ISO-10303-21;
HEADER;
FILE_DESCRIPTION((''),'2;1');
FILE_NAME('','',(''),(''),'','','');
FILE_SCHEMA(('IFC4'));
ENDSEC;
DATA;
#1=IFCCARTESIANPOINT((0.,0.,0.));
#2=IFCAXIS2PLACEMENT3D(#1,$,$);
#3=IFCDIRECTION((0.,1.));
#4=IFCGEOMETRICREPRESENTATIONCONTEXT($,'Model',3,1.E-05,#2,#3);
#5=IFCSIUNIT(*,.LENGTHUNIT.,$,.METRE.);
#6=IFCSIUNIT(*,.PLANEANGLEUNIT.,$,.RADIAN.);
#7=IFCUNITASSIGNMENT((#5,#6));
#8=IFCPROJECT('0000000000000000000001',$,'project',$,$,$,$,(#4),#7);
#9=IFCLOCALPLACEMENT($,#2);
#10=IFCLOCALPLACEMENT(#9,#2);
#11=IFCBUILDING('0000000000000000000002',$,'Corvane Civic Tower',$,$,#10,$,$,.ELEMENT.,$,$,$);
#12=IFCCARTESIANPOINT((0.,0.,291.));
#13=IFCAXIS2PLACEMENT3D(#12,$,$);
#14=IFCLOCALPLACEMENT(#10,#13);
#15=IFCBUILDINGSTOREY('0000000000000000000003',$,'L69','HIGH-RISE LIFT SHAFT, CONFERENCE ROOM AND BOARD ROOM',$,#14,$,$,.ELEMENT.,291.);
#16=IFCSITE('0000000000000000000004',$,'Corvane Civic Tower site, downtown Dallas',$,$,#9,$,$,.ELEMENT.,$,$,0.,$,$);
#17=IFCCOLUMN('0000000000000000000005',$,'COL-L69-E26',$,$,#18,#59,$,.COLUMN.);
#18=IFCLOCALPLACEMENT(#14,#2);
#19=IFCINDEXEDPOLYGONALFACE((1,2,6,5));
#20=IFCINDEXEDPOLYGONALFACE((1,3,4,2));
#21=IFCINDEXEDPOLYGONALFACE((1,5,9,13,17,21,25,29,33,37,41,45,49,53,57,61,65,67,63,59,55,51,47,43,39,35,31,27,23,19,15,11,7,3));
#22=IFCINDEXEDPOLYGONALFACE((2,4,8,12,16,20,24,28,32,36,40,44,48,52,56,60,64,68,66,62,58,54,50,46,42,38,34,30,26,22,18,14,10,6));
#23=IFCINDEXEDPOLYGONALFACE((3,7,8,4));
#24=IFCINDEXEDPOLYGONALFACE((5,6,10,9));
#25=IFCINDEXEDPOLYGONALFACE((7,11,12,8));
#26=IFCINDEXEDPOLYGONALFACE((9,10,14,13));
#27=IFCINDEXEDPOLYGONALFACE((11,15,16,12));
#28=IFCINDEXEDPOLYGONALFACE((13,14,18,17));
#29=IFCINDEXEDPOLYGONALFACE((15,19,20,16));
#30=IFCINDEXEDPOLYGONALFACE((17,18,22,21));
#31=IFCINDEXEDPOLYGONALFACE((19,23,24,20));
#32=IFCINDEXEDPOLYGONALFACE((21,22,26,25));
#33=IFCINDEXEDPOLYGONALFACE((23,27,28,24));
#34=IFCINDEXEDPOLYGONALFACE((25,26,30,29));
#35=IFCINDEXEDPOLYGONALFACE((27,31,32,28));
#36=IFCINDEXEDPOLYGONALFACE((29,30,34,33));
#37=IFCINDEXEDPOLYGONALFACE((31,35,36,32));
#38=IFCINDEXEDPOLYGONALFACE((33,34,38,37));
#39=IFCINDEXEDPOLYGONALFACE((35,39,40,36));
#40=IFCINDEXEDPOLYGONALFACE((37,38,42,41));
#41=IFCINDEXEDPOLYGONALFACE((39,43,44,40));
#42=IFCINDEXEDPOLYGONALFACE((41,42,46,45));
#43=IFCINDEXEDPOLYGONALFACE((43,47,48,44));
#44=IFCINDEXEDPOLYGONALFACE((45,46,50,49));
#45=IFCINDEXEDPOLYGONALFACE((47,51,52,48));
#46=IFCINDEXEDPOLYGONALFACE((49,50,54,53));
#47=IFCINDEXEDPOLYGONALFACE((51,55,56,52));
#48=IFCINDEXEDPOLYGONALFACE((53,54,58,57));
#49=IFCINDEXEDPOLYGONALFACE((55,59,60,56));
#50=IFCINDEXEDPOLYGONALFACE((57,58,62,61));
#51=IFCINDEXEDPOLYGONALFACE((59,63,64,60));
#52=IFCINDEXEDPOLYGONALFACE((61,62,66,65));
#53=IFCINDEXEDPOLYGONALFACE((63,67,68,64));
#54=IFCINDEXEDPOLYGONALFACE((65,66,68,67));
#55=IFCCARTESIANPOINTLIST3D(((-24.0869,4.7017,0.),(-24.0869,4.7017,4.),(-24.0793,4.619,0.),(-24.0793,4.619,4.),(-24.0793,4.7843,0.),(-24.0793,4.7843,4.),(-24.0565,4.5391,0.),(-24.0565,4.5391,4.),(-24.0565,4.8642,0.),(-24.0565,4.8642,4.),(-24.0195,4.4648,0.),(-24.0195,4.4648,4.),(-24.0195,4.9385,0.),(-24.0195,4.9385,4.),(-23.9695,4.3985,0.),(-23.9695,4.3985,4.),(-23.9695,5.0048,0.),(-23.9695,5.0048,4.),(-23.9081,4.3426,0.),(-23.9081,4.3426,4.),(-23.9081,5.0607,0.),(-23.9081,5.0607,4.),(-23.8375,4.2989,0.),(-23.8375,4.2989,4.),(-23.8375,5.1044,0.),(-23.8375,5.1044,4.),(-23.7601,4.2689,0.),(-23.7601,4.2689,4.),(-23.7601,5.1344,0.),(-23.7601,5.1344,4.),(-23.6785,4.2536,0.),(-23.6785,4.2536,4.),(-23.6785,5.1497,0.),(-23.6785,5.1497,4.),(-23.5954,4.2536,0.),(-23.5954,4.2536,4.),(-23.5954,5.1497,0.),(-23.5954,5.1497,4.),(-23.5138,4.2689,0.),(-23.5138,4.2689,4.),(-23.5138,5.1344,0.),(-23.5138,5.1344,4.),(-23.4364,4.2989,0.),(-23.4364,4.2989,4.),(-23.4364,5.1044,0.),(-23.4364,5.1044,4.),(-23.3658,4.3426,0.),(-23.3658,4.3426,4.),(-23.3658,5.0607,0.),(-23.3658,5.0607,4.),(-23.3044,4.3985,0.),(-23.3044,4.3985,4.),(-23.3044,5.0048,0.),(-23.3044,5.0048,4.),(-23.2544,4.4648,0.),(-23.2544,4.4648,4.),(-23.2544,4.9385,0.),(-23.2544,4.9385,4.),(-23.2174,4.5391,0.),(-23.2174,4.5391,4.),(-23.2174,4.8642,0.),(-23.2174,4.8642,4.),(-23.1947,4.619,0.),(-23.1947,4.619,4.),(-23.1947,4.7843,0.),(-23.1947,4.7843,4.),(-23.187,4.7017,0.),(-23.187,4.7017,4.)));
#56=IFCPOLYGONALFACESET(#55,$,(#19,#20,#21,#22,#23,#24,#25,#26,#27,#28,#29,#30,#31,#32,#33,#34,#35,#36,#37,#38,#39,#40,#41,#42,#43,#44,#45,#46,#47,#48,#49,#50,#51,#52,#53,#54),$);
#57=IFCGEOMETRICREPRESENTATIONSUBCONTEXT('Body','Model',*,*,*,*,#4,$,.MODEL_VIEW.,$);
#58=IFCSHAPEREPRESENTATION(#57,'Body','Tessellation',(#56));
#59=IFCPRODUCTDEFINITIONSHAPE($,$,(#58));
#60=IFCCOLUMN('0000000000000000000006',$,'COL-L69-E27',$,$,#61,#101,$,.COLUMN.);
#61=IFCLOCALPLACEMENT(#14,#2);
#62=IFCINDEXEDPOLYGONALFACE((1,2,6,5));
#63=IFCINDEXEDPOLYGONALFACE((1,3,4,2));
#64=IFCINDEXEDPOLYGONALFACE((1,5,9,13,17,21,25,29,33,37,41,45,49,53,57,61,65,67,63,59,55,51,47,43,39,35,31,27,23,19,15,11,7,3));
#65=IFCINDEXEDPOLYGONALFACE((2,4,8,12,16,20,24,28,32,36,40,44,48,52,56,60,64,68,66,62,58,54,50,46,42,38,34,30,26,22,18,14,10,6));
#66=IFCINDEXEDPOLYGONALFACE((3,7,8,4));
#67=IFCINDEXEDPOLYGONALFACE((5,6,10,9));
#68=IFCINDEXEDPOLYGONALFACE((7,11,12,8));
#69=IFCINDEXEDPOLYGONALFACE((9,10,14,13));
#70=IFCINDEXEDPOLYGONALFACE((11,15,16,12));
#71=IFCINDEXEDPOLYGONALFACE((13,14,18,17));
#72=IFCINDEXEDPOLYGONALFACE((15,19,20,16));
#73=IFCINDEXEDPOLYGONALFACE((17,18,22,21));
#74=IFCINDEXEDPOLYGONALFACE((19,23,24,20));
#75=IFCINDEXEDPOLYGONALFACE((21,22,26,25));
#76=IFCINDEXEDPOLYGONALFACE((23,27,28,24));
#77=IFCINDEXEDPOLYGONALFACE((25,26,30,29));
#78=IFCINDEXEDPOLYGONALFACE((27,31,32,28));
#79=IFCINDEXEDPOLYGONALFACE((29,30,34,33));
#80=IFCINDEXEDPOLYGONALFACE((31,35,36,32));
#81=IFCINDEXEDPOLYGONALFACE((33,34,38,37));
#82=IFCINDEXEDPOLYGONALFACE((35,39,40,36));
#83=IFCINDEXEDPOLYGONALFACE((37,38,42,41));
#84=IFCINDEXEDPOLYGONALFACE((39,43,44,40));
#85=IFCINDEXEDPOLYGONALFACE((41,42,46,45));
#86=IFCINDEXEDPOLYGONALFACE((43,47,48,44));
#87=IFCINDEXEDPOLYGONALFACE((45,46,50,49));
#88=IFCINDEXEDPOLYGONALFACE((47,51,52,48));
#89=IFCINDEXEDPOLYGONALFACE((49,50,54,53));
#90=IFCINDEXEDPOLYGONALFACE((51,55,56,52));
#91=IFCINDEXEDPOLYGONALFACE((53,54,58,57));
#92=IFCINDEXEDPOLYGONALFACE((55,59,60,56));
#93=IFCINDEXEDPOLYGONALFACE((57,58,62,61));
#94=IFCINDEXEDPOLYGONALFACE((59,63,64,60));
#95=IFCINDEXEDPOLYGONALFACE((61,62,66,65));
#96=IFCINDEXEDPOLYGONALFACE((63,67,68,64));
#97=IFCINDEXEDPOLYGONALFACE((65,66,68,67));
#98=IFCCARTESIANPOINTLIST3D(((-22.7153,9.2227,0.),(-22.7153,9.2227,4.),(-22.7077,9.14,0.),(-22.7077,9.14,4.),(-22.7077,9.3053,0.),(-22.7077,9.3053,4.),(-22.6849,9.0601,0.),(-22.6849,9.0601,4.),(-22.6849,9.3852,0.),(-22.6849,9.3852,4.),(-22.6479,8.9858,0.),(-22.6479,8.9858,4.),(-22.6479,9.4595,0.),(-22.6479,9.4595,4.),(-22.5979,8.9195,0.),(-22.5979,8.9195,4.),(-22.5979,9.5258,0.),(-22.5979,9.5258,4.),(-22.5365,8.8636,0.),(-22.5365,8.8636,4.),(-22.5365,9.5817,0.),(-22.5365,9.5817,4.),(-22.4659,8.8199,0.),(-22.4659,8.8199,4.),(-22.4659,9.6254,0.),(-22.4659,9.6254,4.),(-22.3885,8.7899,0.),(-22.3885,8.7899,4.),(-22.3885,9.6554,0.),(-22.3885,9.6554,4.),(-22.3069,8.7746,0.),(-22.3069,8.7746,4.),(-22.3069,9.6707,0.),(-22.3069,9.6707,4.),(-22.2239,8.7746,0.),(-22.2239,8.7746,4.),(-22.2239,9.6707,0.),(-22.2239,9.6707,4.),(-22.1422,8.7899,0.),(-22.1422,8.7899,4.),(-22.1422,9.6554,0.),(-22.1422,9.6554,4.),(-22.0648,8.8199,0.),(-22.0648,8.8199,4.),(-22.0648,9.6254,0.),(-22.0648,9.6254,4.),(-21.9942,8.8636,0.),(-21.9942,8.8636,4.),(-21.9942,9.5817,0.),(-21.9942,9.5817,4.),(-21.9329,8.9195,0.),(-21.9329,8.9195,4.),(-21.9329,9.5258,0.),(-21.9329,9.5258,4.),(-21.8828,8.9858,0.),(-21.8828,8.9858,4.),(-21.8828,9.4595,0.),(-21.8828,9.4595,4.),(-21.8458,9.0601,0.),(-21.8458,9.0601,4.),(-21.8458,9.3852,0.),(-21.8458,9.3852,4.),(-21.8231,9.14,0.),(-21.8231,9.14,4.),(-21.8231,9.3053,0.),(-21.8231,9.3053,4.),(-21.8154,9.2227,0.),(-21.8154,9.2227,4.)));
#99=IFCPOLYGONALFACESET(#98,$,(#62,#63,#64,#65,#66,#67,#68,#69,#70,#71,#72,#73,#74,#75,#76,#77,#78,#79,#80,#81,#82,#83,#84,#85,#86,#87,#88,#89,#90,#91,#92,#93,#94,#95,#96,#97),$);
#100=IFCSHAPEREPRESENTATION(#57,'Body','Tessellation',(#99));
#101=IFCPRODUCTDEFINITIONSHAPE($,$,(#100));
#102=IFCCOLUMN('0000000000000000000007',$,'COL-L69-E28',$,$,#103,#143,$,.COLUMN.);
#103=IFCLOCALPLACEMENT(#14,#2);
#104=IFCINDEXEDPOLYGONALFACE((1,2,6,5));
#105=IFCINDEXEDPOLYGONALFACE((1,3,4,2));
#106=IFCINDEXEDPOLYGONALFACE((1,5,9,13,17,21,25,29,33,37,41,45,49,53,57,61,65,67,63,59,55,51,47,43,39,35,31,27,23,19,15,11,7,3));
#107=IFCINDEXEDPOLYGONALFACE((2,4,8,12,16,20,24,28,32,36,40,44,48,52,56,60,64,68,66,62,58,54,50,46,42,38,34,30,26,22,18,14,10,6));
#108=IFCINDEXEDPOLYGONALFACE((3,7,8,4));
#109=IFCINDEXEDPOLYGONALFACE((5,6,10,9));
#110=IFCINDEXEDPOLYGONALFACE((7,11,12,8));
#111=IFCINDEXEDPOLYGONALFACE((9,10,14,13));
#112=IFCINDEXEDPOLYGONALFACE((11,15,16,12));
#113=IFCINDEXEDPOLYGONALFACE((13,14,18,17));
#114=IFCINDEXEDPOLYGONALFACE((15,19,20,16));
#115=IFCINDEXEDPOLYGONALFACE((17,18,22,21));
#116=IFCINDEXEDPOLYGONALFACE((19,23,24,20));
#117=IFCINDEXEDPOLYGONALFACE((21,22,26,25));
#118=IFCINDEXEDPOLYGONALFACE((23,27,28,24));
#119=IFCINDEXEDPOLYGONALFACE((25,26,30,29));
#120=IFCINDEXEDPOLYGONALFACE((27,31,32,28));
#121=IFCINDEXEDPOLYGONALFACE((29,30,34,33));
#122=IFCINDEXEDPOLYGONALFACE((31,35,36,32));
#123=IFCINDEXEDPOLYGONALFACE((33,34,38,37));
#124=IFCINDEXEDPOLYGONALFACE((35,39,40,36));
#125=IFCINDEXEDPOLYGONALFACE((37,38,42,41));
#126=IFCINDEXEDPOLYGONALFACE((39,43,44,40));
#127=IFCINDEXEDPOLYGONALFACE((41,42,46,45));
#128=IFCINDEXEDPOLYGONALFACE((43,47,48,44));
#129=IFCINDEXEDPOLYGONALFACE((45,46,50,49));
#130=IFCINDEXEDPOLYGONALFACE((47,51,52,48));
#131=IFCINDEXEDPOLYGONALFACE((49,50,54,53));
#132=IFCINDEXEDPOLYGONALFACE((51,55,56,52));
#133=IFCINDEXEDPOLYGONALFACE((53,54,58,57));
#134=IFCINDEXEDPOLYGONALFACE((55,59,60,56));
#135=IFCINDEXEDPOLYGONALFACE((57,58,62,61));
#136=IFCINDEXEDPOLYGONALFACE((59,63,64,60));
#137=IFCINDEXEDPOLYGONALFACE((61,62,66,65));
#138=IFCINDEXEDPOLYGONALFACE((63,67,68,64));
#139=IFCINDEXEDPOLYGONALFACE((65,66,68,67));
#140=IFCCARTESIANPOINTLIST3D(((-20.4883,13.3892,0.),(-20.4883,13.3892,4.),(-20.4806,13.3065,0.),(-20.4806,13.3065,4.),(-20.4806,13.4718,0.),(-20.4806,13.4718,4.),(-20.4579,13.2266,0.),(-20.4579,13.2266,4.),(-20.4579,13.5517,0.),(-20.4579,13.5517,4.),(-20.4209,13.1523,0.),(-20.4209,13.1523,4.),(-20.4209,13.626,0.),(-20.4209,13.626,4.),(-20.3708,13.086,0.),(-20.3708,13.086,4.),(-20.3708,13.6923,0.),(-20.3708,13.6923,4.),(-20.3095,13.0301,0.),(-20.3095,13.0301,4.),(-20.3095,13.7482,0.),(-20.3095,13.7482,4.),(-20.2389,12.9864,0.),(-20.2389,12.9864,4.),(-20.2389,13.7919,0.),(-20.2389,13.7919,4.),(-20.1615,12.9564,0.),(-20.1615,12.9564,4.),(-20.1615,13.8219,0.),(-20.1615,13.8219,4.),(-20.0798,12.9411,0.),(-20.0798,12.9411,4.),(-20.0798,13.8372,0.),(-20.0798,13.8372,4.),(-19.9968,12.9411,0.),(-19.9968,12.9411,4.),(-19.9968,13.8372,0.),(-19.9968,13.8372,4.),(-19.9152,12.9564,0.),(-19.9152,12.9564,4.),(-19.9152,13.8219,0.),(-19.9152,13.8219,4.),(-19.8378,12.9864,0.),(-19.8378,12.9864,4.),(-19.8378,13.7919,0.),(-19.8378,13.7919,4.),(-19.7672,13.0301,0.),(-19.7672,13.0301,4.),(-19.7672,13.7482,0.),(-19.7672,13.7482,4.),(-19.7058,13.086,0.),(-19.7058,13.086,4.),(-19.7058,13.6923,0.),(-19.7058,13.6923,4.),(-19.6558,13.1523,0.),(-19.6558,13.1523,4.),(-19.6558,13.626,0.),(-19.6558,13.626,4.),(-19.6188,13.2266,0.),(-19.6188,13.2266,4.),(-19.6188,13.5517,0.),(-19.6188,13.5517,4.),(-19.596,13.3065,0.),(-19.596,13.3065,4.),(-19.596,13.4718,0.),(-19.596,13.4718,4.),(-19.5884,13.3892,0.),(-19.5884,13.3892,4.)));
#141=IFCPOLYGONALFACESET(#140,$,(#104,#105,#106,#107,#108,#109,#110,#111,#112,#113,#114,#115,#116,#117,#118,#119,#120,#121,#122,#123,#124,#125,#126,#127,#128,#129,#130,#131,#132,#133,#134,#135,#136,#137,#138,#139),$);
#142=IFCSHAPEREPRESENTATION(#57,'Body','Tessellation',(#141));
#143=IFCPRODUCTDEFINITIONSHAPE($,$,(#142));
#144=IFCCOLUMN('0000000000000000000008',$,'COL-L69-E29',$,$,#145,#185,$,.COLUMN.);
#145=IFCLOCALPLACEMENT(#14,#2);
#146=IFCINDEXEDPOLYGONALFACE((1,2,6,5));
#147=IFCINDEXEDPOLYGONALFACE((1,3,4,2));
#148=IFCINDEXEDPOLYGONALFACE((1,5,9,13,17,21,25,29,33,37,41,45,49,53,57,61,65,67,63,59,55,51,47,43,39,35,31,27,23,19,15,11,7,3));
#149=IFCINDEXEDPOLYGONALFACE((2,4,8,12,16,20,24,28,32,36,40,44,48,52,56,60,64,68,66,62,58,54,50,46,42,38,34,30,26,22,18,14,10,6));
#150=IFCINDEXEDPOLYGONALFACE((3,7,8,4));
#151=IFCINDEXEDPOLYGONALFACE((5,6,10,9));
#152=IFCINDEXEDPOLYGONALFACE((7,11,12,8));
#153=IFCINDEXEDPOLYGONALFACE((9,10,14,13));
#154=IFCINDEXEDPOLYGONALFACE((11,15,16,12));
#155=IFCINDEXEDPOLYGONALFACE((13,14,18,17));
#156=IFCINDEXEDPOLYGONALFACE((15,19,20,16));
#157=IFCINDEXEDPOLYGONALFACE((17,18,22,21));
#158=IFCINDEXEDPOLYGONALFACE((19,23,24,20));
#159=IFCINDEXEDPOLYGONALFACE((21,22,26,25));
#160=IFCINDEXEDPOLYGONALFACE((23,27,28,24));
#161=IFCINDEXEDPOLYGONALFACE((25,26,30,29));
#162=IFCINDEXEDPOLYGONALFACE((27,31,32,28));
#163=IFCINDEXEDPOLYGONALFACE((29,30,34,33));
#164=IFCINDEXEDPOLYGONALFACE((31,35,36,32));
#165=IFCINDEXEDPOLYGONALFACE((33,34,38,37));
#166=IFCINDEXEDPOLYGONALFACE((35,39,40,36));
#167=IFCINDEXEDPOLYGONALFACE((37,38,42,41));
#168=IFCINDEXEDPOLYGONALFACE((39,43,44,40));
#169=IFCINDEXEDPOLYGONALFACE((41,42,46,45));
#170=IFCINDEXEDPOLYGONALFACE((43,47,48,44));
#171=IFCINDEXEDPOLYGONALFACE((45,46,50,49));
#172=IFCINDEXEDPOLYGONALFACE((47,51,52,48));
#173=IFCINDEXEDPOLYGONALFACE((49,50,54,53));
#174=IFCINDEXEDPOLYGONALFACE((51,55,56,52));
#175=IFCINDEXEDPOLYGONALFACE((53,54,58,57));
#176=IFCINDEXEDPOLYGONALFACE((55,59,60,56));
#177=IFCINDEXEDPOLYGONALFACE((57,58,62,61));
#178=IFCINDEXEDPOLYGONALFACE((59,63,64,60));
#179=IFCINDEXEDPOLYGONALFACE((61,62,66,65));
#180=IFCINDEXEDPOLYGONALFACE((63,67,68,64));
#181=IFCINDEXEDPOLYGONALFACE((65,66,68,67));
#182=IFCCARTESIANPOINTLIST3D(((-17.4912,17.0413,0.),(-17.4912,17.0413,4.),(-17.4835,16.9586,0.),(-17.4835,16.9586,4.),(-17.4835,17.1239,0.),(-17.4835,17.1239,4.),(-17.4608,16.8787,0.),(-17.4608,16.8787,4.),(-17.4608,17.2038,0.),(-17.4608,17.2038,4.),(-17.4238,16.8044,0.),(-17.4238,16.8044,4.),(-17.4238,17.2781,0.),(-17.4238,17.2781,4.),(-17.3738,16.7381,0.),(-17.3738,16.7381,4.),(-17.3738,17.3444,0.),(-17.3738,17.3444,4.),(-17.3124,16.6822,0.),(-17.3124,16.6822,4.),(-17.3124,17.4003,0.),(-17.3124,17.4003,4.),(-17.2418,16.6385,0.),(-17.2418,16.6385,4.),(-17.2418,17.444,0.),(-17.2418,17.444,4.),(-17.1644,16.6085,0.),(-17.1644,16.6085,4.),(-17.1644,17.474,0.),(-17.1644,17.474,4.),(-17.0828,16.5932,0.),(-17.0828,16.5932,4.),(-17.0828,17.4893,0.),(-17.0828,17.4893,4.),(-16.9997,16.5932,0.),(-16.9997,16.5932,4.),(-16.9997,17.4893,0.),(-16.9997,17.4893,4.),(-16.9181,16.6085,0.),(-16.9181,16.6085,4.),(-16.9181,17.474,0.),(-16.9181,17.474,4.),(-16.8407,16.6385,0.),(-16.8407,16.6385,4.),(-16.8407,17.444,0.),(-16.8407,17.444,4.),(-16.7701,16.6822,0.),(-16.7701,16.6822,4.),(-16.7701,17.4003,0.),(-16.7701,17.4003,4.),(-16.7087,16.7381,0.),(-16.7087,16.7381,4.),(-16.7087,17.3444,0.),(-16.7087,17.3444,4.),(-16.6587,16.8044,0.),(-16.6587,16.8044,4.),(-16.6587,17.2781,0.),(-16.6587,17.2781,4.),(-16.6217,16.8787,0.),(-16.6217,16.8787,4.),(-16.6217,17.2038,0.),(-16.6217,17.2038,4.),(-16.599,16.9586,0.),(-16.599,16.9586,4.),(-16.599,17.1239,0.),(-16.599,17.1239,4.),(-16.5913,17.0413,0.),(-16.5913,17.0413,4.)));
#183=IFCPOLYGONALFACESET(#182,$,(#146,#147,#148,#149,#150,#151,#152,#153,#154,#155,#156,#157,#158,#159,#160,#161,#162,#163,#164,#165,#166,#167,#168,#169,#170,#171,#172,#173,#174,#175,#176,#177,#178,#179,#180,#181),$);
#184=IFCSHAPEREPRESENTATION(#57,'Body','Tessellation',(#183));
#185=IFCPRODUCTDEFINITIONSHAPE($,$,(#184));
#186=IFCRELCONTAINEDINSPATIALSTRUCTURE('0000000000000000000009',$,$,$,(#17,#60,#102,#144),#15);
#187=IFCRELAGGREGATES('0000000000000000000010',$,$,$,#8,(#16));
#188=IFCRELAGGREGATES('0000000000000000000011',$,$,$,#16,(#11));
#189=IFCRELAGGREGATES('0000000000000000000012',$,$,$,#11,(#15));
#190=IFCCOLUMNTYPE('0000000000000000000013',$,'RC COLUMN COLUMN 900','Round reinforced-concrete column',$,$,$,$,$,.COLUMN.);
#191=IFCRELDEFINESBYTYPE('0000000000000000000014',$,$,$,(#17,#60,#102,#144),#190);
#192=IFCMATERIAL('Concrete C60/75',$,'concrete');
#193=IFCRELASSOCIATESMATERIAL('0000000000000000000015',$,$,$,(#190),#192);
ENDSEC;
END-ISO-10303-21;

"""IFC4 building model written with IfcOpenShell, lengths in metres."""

from ifc_helpers import new_model, si_unit, direction, frame, origin, origin_2d, place, context, subcontext, project, spatial, circle, extrude, material, material_profile, profile_set, type_object, element, save


model = new_model("IFC4")

# Units and contexts
model_context = context("Model", 3, precision=1e-05, world=origin(), true_north=direction((0.0, 1.0)))
body_context = subcontext(model_context, "Body", "Model", "MODEL_VIEW")
ifc_project = project(units=[si_unit("LENGTHUNIT", "METRE"), si_unit("PLANEANGLEUNIT", "RADIAN")], contexts=[model_context])

# Site, building, storey
site_placement = place(None, origin())
site = spatial("IfcSite", under=ifc_project, at=site_placement, Name="Corvane Civic Tower site, downtown Dallas", CompositionType="ELEMENT", RefElevation=0.0)
building_placement = place(site_placement, origin())
building = spatial("IfcBuilding", under=site, at=building_placement, Name="Corvane Civic Tower", CompositionType="ELEMENT")
storey_placement = place(building_placement, frame((0.0, 0.0, 291.0)))
storey = spatial("IfcBuildingStorey", under=building, at=storey_placement, Name="L69", Description="HIGH-RISE LIFT SHAFT, CONFERENCE ROOM AND BOARD ROOM", CompositionType="ELEMENT", Elevation=291.0)

# Columns
ifc_material_1 = material(Name="Concrete C60/75", Category="concrete")
ifc_material_profile_1 = material_profile(ifc_material_1, circle(Radius=0.45, at=origin_2d()), Name="COLUMN 900")
ifc_profile_set_1 = profile_set([ifc_material_profile_1], Name="Concrete C60/75")
column_type = type_object("IfcColumnType", Name="RC COLUMN COLUMN 900", Description="Round reinforced-concrete column", PredefinedType="COLUMN", material=ifc_profile_set_1)
for number, where, z_axis, x_axis, name in (
    (1, (-23.637, 4.7017, 0.0), (0.0, 0.0, 1.0), (1.0, 0.0, 0.0), "COL-L69-E26"),
    (2, (-22.2654, 9.2227, 0.0), (0.0, 0.0, 1.0), (1.0, 0.0, 0.0), "COL-L69-E27"),
    (3, (-20.0383, 13.3892, 0.0), (0.0, 0.0, 1.0), (1.0, 0.0, 0.0), "COL-L69-E28"),
    (4, (-17.0413, 17.0413, 0.0), (0.0, 0.0, 1.0), (1.0, 0.0, 0.0), "COL-L69-E29"),
):
    element("IfcColumn", number, at=place(storey_placement, frame(where, z_axis=z_axis, x_axis=x_axis)), inside=storey, type_object=column_type, Name=name, PredefinedType="COLUMN", context=body_context, shape_type="SweptSolid", body=[
        extrude(circle(Radius=0.45, at=origin_2d()), origin(), (0.0, 0.0, 1.0), 4.0),
    ])

save(model, "model.ifc")
